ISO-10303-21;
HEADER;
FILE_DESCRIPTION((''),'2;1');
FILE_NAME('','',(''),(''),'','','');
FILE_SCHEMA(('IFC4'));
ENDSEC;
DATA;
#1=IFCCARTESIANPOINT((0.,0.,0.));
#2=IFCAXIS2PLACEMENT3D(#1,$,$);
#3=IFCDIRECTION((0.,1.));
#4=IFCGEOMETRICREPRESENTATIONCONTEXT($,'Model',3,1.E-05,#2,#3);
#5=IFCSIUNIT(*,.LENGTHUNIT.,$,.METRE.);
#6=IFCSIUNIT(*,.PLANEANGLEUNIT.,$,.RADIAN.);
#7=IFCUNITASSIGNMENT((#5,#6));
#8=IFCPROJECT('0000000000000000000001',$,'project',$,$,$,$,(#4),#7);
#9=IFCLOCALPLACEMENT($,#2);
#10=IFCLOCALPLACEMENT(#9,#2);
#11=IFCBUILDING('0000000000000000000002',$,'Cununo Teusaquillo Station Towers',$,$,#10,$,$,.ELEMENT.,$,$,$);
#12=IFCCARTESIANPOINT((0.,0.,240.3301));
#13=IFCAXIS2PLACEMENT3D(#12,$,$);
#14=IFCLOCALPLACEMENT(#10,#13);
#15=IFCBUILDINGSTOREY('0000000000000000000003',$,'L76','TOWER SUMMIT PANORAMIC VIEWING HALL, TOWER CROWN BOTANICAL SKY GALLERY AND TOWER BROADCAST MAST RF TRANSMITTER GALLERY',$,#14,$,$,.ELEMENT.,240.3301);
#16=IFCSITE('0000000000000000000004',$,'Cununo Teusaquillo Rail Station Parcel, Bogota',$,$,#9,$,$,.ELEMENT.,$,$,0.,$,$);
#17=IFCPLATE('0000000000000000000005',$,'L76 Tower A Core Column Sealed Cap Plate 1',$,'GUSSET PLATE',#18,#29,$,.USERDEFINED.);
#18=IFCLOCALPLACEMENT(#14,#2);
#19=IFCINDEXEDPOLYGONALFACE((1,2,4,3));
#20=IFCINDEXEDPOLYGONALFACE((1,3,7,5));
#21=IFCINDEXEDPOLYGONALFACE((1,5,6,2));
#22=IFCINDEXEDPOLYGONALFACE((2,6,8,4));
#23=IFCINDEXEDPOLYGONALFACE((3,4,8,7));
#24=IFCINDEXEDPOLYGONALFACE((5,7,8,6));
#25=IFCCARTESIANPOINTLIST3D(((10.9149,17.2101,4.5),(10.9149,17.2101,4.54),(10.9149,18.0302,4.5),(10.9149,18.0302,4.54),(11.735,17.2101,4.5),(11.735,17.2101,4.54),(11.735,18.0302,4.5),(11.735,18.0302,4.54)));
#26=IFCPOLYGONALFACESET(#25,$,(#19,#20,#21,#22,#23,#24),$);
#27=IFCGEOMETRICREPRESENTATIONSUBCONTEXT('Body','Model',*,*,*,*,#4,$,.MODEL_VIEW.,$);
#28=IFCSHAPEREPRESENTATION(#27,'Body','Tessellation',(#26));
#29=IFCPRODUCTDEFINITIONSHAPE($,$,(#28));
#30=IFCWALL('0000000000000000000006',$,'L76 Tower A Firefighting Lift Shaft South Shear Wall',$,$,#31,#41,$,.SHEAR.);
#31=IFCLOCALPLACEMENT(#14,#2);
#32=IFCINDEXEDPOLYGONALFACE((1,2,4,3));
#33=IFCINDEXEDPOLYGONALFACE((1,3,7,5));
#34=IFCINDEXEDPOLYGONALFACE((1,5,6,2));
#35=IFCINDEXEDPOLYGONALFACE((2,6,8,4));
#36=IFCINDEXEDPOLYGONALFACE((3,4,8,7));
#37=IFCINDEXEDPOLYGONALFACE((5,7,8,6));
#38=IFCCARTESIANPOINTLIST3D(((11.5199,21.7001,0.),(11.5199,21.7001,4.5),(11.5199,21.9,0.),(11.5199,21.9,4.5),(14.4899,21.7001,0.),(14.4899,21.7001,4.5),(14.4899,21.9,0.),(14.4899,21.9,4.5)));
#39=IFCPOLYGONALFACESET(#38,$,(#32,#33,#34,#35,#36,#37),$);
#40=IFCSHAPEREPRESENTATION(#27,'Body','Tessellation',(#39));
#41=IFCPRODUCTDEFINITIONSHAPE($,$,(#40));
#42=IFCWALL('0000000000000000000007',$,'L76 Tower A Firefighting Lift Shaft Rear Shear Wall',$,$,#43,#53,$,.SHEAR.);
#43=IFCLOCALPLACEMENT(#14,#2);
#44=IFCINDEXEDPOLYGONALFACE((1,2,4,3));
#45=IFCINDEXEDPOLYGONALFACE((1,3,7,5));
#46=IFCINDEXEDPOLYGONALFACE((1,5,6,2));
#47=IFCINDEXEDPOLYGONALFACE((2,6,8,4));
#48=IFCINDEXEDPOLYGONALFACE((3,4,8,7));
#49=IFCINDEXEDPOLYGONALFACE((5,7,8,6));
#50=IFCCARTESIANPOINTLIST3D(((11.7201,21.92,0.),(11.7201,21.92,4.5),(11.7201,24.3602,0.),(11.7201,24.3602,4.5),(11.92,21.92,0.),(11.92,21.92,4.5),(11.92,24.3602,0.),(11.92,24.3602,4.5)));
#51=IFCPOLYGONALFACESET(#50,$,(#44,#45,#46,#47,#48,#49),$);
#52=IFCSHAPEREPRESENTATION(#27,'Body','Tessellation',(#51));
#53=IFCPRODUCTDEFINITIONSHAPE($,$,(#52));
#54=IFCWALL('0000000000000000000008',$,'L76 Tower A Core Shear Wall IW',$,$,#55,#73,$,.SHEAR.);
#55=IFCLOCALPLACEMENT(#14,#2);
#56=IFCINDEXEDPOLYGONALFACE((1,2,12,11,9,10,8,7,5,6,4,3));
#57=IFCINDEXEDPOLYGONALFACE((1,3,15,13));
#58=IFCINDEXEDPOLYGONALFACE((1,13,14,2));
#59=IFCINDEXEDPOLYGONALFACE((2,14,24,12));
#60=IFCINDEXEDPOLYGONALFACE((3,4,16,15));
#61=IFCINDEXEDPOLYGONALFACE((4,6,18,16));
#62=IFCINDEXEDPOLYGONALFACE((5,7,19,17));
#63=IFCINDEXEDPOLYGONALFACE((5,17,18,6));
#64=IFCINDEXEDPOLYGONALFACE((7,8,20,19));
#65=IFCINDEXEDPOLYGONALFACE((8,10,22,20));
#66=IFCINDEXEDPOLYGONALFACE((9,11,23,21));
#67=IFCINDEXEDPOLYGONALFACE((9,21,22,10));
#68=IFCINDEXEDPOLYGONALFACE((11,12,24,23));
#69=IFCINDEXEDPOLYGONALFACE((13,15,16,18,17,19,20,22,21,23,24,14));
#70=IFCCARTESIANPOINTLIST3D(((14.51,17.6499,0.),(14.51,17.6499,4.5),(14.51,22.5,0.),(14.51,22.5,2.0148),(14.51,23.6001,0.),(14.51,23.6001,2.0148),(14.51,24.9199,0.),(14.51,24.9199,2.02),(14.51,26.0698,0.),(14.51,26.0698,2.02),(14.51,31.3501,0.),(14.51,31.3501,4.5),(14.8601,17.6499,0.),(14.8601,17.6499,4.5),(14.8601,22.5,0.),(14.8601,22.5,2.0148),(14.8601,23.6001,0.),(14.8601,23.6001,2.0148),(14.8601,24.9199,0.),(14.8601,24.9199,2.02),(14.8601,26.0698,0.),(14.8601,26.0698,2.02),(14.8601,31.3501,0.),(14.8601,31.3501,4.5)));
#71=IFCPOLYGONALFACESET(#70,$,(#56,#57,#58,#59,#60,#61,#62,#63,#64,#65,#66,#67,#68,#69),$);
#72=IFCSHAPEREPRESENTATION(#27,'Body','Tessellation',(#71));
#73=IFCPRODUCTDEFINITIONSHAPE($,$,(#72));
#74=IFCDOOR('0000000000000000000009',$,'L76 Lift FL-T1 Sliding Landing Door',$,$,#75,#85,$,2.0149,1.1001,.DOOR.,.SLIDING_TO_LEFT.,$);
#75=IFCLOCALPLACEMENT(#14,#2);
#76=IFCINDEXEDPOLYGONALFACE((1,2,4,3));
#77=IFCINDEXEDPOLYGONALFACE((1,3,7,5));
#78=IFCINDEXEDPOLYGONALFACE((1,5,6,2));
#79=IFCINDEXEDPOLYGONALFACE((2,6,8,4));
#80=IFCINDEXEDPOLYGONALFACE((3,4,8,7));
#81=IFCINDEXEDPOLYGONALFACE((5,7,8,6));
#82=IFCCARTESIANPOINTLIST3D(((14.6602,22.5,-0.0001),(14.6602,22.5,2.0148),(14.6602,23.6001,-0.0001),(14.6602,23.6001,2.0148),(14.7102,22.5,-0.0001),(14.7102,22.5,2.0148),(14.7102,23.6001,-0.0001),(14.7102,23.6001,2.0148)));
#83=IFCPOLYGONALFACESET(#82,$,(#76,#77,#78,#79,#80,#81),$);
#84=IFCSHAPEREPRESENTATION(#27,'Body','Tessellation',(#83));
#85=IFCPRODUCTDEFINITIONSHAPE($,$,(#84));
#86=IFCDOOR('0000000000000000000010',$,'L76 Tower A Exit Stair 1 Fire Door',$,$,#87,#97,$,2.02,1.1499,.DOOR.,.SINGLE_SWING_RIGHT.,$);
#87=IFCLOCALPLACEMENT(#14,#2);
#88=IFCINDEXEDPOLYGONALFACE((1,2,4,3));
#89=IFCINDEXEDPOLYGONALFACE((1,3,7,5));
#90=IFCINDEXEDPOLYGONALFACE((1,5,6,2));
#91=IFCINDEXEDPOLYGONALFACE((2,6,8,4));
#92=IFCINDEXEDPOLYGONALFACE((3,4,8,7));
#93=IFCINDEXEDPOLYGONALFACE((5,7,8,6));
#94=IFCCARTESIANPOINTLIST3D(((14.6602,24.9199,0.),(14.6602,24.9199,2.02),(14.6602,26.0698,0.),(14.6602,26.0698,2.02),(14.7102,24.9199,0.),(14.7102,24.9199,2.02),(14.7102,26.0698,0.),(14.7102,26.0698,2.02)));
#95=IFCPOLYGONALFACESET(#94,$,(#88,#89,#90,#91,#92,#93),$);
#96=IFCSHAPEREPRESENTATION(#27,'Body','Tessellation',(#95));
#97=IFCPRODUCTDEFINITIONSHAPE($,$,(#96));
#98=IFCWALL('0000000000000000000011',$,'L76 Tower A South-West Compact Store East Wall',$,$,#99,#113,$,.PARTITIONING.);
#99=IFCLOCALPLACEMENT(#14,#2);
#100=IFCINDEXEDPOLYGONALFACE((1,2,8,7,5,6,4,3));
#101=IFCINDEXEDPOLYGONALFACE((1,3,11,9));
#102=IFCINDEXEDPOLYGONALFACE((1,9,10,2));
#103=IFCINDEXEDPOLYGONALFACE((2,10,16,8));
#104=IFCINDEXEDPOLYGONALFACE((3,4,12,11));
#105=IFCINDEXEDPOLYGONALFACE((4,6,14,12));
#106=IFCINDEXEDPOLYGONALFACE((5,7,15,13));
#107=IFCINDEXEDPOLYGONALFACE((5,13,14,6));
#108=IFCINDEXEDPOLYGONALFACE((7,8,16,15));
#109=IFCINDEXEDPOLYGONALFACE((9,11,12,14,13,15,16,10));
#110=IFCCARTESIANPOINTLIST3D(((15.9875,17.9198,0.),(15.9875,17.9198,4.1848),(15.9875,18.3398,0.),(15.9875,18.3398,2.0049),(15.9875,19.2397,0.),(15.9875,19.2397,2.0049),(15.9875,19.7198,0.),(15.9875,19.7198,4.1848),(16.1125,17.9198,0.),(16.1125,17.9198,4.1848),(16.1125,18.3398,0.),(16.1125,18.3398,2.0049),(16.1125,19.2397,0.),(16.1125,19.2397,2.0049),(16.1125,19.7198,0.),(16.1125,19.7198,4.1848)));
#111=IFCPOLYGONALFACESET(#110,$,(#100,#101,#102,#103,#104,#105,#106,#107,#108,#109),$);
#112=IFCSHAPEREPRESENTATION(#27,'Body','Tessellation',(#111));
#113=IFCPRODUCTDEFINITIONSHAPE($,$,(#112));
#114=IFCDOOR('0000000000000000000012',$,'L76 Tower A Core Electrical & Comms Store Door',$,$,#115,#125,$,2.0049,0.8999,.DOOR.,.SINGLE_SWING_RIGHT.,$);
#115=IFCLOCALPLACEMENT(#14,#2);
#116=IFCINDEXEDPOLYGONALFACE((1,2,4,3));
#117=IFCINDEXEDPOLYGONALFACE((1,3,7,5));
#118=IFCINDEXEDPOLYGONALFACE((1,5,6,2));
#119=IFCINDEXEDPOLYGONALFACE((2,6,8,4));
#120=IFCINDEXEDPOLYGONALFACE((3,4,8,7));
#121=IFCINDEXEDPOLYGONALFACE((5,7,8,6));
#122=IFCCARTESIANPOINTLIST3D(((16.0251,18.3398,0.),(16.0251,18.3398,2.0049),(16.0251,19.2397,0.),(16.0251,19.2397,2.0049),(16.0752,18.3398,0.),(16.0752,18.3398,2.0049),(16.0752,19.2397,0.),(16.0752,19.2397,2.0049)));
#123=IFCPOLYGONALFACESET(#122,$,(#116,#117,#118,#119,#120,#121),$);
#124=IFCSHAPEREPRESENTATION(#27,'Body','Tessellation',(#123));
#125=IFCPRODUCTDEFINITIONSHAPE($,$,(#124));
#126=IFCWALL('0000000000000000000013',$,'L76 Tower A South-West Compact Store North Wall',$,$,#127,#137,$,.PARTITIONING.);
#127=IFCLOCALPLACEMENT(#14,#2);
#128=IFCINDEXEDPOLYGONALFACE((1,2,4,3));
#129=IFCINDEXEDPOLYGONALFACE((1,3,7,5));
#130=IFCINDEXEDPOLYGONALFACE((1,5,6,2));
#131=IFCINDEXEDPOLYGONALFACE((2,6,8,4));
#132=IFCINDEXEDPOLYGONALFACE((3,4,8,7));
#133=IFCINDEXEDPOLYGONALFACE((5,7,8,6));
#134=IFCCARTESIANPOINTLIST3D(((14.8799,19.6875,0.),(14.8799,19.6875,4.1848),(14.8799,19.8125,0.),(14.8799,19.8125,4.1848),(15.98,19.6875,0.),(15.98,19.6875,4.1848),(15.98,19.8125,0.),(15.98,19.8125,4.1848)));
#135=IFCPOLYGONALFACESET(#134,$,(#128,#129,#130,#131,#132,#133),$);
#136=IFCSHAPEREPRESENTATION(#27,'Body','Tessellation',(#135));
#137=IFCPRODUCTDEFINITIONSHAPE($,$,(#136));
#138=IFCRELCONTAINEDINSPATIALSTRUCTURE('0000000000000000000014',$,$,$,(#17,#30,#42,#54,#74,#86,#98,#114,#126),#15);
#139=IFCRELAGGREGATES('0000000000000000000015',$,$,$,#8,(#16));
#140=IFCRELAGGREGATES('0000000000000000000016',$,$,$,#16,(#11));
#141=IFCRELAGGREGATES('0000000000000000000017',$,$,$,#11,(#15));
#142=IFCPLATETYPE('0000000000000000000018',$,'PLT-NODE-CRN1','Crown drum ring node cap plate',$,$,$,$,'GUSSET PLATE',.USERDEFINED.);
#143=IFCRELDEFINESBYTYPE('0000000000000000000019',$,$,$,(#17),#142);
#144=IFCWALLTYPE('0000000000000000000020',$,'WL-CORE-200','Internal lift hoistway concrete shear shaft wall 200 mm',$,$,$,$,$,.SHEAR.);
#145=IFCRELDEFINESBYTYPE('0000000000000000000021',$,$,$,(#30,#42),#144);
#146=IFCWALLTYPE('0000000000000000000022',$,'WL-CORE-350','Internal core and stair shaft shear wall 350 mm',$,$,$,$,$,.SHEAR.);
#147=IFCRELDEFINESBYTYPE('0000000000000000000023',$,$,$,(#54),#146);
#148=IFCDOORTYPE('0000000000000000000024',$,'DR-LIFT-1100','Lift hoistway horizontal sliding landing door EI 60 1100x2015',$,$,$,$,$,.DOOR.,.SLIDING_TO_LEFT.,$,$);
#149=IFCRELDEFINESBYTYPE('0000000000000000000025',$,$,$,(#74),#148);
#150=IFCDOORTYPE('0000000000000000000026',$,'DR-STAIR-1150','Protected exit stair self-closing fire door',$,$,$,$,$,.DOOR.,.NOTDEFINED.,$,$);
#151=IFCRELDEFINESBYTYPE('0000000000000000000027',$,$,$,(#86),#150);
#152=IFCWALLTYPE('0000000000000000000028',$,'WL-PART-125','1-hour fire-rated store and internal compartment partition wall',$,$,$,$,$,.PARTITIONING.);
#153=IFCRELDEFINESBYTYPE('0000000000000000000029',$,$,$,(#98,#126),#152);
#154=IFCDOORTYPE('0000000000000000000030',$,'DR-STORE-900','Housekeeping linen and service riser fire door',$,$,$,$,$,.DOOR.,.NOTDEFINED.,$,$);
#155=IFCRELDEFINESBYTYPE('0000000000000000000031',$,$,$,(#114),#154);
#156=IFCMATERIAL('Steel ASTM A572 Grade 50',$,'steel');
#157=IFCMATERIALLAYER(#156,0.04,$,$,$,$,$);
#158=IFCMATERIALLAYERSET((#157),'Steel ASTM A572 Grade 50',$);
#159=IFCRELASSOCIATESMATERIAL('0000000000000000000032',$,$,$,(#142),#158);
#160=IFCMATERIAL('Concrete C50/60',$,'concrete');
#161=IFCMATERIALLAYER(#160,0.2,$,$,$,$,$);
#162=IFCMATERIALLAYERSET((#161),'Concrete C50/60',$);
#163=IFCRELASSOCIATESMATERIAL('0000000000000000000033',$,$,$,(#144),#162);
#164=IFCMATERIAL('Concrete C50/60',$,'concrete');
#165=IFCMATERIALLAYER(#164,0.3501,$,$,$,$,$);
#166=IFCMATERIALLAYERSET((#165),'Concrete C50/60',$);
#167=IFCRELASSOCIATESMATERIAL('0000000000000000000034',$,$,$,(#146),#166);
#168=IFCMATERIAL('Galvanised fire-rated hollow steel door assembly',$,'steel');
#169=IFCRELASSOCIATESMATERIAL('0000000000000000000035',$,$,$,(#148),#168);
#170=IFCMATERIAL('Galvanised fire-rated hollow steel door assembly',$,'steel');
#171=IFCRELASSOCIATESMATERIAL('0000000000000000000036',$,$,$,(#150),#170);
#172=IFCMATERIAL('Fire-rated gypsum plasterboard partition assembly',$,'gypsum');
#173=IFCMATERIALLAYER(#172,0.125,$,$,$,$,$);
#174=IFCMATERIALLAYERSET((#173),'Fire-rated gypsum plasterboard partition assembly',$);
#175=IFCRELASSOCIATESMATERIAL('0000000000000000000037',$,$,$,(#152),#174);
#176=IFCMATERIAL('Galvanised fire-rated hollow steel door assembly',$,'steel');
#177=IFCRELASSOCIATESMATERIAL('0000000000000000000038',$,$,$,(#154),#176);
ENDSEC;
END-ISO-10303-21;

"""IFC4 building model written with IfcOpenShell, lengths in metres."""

from ifc_helpers import new_model, si_unit, direction, frame, frame_2d, origin, origin_2d, place, context, subcontext, project, spatial, rectangle, extrude, source, transform, mapped, material, layer, layer_set, type_object, element, fill, save


model = new_model("IFC4")

# Units and contexts
model_context = context("Model", 3, precision=1e-05, world=origin(), true_north=direction((0.0, 1.0)))
body_context = subcontext(model_context, "Body", "Model", "MODEL_VIEW")
ifc_project = project(units=[si_unit("LENGTHUNIT", "METRE"), si_unit("PLANEANGLEUNIT", "RADIAN")], contexts=[model_context])

# Site, building, storey
site_placement = place(None, origin())
site = spatial("IfcSite", under=ifc_project, at=site_placement, Name="Cununo Teusaquillo Rail Station Parcel, Bogota", CompositionType="ELEMENT", RefElevation=0.0)
building_placement = place(site_placement, origin())
building = spatial("IfcBuilding", under=site, at=building_placement, Name="Cununo Teusaquillo Station Towers", CompositionType="ELEMENT")
storey_placement = place(building_placement, frame((0.0, 0.0, 240.3301)))
storey = spatial("IfcBuildingStorey", under=building, at=storey_placement, Name="L76", Description="TOWER SUMMIT PANORAMIC VIEWING HALL, TOWER CROWN BOTANICAL SKY GALLERY AND TOWER BROADCAST MAST RF TRANSMITTER GALLERY", CompositionType="ELEMENT", Elevation=240.3301)

# Plate
ifc_material_1 = material(Name="Steel ASTM A572 Grade 50", Category="steel")
ifc_layer_1 = layer(ifc_material_1, 0.04)
ifc_layer_set_1 = layer_set([ifc_layer_1], Name="Steel ASTM A572 Grade 50")
plate_type = type_object("IfcPlateType", Name="PLT-NODE-CRN1", Description="Crown drum ring node cap plate", ElementType="GUSSET PLATE", PredefinedType="USERDEFINED", material=ifc_layer_set_1)
shared_shape_1 = source(origin(), body_context, "Body", "SweptSolid", [
    extrude(rectangle(XDim=0.8201, YDim=0.8201, at=origin_2d()), origin(), (0.0, 0.0, 1.0), 0.04),
])
plate_placement = place(storey_placement, frame((11.325, 17.6201, 4.5), z_axis=(0.0, 0.0, 1.0), x_axis=(1.0, 0.0, 0.0)))
element("IfcPlate", 1, at=plate_placement, inside=storey, type_object=plate_type, Name="L76 Tower A Core Column Sealed Cap Plate 1", ObjectType="GUSSET PLATE", PredefinedType="USERDEFINED", context=body_context, shape_type="MappedRepresentation", body=[
    mapped(shared_shape_1, transform((0.0, 0.0, 0.0), x_axis=(1.0, 0.0, 0.0), y_axis=(0.0, 1.0, 0.0), z_axis=(0.0, 0.0, 1.0), scale=1.0)),
])

# Walls
ifc_material_2 = material(Name="Concrete C50/60", Category="concrete")
ifc_layer_2 = layer(ifc_material_2, 0.2)
ifc_layer_set_2 = layer_set([ifc_layer_2], Name="Concrete C50/60")
wall_type_1 = type_object("IfcWallType", Name="WL-CORE-200", Description="Internal lift hoistway concrete shear shaft wall 200 mm", PredefinedType="SHEAR", material=ifc_layer_set_2)
wall_1_placement = place(storey_placement, frame((11.52, 21.8, 0.0), z_axis=(0.0, 0.0, 1.0), x_axis=(1.0, 0.0, 0.0)))
element("IfcWall", 2, at=wall_1_placement, inside=storey, type_object=wall_type_1, Name="L76 Tower A Firefighting Lift Shaft South Shear Wall", PredefinedType="SHEAR", context=body_context, shape_type="SweptSolid", body=[
    extrude(rectangle(XDim=2.97, YDim=0.2, at=frame_2d((1.4849, 0.0))), origin(), (0.0, 0.0, 1.0), 4.5),
])
wall_2_placement = place(storey_placement, frame((11.8201, 21.9199, 0.0), z_axis=(0.0, 0.0, 1.0), x_axis=(0.0, 1.0, 0.0)))
element("IfcWall", 3, at=wall_2_placement, inside=storey, type_object=wall_type_1, Name="L76 Tower A Firefighting Lift Shaft Rear Shear Wall", PredefinedType="SHEAR", context=body_context, shape_type="SweptSolid", body=[
    extrude(rectangle(XDim=2.4402, YDim=0.2, at=frame_2d((1.2202, 0.0))), origin(), (0.0, 0.0, 1.0), 4.5),
])

# Wall, openings, doors
ifc_material_3 = material(Name="Concrete C50/60", Category="concrete")
ifc_layer_3 = layer(ifc_material_3, 0.3501)
ifc_layer_set_3 = layer_set([ifc_layer_3], Name="Concrete C50/60")
wall_type_2 = type_object("IfcWallType", Name="WL-CORE-350", Description="Internal core and stair shaft shear wall 350 mm", PredefinedType="SHEAR", material=ifc_layer_set_3)
wall_3_placement = place(storey_placement, frame((14.6851, 17.6499, 0.0), z_axis=(0.0, 0.0, 1.0), x_axis=(0.0, 1.0, 0.0)))
wall_3 = element("IfcWall", 4, at=wall_3_placement, inside=storey, type_object=wall_type_2, Name="L76 Tower A Core Shear Wall IW", PredefinedType="SHEAR", context=body_context, shape_type="SweptSolid", body=[
    extrude(rectangle(XDim=13.7002, YDim=0.3501, at=frame_2d((6.8501, 0.0))), origin(), (0.0, 0.0, 1.0), 4.5),
])
shared_shape_2 = source(origin(), body_context, "Body", "SweptSolid", [
    extrude(rectangle(XDim=1.1001, YDim=2.0149, at=frame_2d((0.55, 1.0073))), frame((0.0, 0.1851, 0.0), z_axis=(0.0, -1.0, 0.0), x_axis=(1.0, 0.0, 0.0)), (0.0, 0.0, 1.0), 0.3701),
])
opening_1_placement = place(wall_3_placement, frame((4.8501, 0.0, 0.0)))
opening_1 = element("IfcOpeningElement", 5, at=opening_1_placement, cuts=wall_3, PredefinedType="OPENING", context=body_context, shape_type="MappedRepresentation", body=[
    mapped(shared_shape_2, transform((0.0, 0.0, 0.0), x_axis=(1.0, 0.0, 0.0), y_axis=(0.0, 1.0, 0.0), z_axis=(0.0, 0.0, 1.0), scale=1.0)),
])
shared_shape_3 = source(origin(), body_context, "Body", "SweptSolid", [
    extrude(rectangle(XDim=1.1499, YDim=2.02, at=frame_2d((0.575, 1.01))), frame((0.0, 0.1851, 0.0), z_axis=(0.0, -1.0, 0.0), x_axis=(1.0, 0.0, 0.0)), (0.0, 0.0, 1.0), 0.3701),
])
opening_2_placement = place(wall_3_placement, frame((7.27, 0.0, 0.0)))
opening_2 = element("IfcOpeningElement", 6, at=opening_2_placement, cuts=wall_3, PredefinedType="OPENING", context=body_context, shape_type="MappedRepresentation", body=[
    mapped(shared_shape_3, transform((0.0, 0.0, 0.0), x_axis=(1.0, 0.0, 0.0), y_axis=(0.0, 1.0, 0.0), z_axis=(0.0, 0.0, 1.0), scale=1.0)),
])
ifc_material_4 = material(Name="Galvanised fire-rated hollow steel door assembly", Category="steel")
door_type_1 = type_object("IfcDoorType", Name="DR-LIFT-1100", Description="Lift hoistway horizontal sliding landing door EI 60 1100x2015", OperationType="SLIDING_TO_LEFT", PredefinedType="DOOR", material=ifc_material_4)
shared_shape_4 = source(origin(), body_context, "Body", "SweptSolid", [
    extrude(rectangle(XDim=1.1001, YDim=2.0149, at=frame_2d((0.55, 1.0073))), frame((0.0, 0.0249, 0.0), z_axis=(0.0, -1.0, 0.0), x_axis=(1.0, 0.0, 0.0)), (0.0, 0.0, 1.0), 0.05),
])
door_1_placement = place(opening_1_placement, origin())
door_1 = element("IfcDoor", 7, at=door_1_placement, inside=storey, type_object=door_type_1, Name="L76 Lift FL-T1 Sliding Landing Door", OperationType="SLIDING_TO_LEFT", OverallHeight=2.0149, OverallWidth=1.1001, PredefinedType="DOOR", context=body_context, shape_type="MappedRepresentation", body=[
    mapped(shared_shape_4, transform((0.0, 0.0, 0.0), x_axis=(1.0, 0.0, 0.0), y_axis=(0.0, 1.0, 0.0), z_axis=(0.0, 0.0, 1.0), scale=1.0)),
])
fill(opening_1, door_1)
ifc_material_5 = material(Name="Galvanised fire-rated hollow steel door assembly", Category="steel")
door_type_2 = type_object("IfcDoorType", Name="DR-STAIR-1150", Description="Protected exit stair self-closing fire door", OperationType="NOTDEFINED", PredefinedType="DOOR", material=ifc_material_5)
shared_shape_5 = source(origin(), body_context, "Body", "SweptSolid", [
    extrude(rectangle(XDim=1.1499, YDim=2.02, at=frame_2d((0.575, 1.01))), frame((0.0, 0.0249, 0.0), z_axis=(0.0, -1.0, 0.0), x_axis=(1.0, 0.0, 0.0)), (0.0, 0.0, 1.0), 0.05),
])
door_2_placement = place(opening_2_placement, origin())
door_2 = element("IfcDoor", 8, at=door_2_placement, inside=storey, type_object=door_type_2, Name="L76 Tower A Exit Stair 1 Fire Door", OperationType="SINGLE_SWING_RIGHT", OverallHeight=2.02, OverallWidth=1.1499, PredefinedType="DOOR", context=body_context, shape_type="MappedRepresentation", body=[
    mapped(shared_shape_5, transform((0.0, 0.0, 0.0), x_axis=(1.0, 0.0, 0.0), y_axis=(0.0, 1.0, 0.0), z_axis=(0.0, 0.0, 1.0), scale=1.0)),
])
fill(opening_2, door_2)

# Wall, opening, door
ifc_material_6 = material(Name="Fire-rated gypsum plasterboard partition assembly", Category="gypsum")
ifc_layer_4 = layer(ifc_material_6, 0.125)
ifc_layer_set_4 = layer_set([ifc_layer_4], Name="Fire-rated gypsum plasterboard partition assembly")
wall_type_3 = type_object("IfcWallType", Name="WL-PART-125", Description="1-hour fire-rated store and internal compartment partition wall", PredefinedType="PARTITIONING", material=ifc_layer_set_4)
wall_4_placement = place(storey_placement, frame((16.05, 17.9199, 0.0), z_axis=(0.0, 0.0, 1.0), x_axis=(0.0, 1.0, 0.0)))
wall_4 = element("IfcWall", 9, at=wall_4_placement, inside=storey, type_object=wall_type_3, Name="L76 Tower A South-West Compact Store East Wall", PredefinedType="PARTITIONING", context=body_context, shape_type="SweptSolid", body=[
    extrude(rectangle(XDim=1.8, YDim=0.125, at=frame_2d((0.8999, 0.0))), origin(), (0.0, 0.0, 1.0), 4.1848),
])
shared_shape_6 = source(origin(), body_context, "Body", "SweptSolid", [
    extrude(rectangle(XDim=0.8999, YDim=2.0049, at=frame_2d((0.45, 1.0024))), frame((0.0, 0.0725, 0.0), z_axis=(0.0, -1.0, 0.0), x_axis=(1.0, 0.0, 0.0)), (0.0, 0.0, 1.0), 0.145),
])
opening_3_placement = place(wall_4_placement, frame((0.4199, 0.0, 0.0)))
opening_3 = element("IfcOpeningElement", 10, at=opening_3_placement, cuts=wall_4, PredefinedType="OPENING", context=body_context, shape_type="MappedRepresentation", body=[
    mapped(shared_shape_6, transform((0.0, 0.0, 0.0), x_axis=(1.0, 0.0, 0.0), y_axis=(0.0, 1.0, 0.0), z_axis=(0.0, 0.0, 1.0), scale=1.0)),
])
ifc_material_7 = material(Name="Galvanised fire-rated hollow steel door assembly", Category="steel")
door_type_3 = type_object("IfcDoorType", Name="DR-STORE-900", Description="Housekeeping linen and service riser fire door", OperationType="NOTDEFINED", PredefinedType="DOOR", material=ifc_material_7)
shared_shape_7 = source(origin(), body_context, "Body", "SweptSolid", [
    extrude(rectangle(XDim=0.8999, YDim=2.0049, at=frame_2d((0.45, 1.0024))), frame((0.0, 0.0249, 0.0), z_axis=(0.0, -1.0, 0.0), x_axis=(1.0, 0.0, 0.0)), (0.0, 0.0, 1.0), 0.05),
])
door_3_placement = place(opening_3_placement, origin())
door_3 = element("IfcDoor", 11, at=door_3_placement, inside=storey, type_object=door_type_3, Name="L76 Tower A Core Electrical & Comms Store Door", OperationType="SINGLE_SWING_RIGHT", OverallHeight=2.0049, OverallWidth=0.8999, PredefinedType="DOOR", context=body_context, shape_type="MappedRepresentation", body=[
    mapped(shared_shape_7, transform((0.0, 0.0, 0.0), x_axis=(1.0, 0.0, 0.0), y_axis=(0.0, 1.0, 0.0), z_axis=(0.0, 0.0, 1.0), scale=1.0)),
])
fill(opening_3, door_3)

# Wall
wall_5_placement = place(storey_placement, frame((14.8799, 19.75, 0.0), z_axis=(0.0, 0.0, 1.0), x_axis=(1.0, 0.0, 0.0)))
element("IfcWall", 12, at=wall_5_placement, inside=storey, type_object=wall_type_3, Name="L76 Tower A South-West Compact Store North Wall", PredefinedType="PARTITIONING", context=body_context, shape_type="SweptSolid", body=[
    extrude(rectangle(XDim=1.1001, YDim=0.125, at=frame_2d((0.55, 0.0))), origin(), (0.0, 0.0, 1.0), 4.1848),
])

save(model, "model.ifc")
